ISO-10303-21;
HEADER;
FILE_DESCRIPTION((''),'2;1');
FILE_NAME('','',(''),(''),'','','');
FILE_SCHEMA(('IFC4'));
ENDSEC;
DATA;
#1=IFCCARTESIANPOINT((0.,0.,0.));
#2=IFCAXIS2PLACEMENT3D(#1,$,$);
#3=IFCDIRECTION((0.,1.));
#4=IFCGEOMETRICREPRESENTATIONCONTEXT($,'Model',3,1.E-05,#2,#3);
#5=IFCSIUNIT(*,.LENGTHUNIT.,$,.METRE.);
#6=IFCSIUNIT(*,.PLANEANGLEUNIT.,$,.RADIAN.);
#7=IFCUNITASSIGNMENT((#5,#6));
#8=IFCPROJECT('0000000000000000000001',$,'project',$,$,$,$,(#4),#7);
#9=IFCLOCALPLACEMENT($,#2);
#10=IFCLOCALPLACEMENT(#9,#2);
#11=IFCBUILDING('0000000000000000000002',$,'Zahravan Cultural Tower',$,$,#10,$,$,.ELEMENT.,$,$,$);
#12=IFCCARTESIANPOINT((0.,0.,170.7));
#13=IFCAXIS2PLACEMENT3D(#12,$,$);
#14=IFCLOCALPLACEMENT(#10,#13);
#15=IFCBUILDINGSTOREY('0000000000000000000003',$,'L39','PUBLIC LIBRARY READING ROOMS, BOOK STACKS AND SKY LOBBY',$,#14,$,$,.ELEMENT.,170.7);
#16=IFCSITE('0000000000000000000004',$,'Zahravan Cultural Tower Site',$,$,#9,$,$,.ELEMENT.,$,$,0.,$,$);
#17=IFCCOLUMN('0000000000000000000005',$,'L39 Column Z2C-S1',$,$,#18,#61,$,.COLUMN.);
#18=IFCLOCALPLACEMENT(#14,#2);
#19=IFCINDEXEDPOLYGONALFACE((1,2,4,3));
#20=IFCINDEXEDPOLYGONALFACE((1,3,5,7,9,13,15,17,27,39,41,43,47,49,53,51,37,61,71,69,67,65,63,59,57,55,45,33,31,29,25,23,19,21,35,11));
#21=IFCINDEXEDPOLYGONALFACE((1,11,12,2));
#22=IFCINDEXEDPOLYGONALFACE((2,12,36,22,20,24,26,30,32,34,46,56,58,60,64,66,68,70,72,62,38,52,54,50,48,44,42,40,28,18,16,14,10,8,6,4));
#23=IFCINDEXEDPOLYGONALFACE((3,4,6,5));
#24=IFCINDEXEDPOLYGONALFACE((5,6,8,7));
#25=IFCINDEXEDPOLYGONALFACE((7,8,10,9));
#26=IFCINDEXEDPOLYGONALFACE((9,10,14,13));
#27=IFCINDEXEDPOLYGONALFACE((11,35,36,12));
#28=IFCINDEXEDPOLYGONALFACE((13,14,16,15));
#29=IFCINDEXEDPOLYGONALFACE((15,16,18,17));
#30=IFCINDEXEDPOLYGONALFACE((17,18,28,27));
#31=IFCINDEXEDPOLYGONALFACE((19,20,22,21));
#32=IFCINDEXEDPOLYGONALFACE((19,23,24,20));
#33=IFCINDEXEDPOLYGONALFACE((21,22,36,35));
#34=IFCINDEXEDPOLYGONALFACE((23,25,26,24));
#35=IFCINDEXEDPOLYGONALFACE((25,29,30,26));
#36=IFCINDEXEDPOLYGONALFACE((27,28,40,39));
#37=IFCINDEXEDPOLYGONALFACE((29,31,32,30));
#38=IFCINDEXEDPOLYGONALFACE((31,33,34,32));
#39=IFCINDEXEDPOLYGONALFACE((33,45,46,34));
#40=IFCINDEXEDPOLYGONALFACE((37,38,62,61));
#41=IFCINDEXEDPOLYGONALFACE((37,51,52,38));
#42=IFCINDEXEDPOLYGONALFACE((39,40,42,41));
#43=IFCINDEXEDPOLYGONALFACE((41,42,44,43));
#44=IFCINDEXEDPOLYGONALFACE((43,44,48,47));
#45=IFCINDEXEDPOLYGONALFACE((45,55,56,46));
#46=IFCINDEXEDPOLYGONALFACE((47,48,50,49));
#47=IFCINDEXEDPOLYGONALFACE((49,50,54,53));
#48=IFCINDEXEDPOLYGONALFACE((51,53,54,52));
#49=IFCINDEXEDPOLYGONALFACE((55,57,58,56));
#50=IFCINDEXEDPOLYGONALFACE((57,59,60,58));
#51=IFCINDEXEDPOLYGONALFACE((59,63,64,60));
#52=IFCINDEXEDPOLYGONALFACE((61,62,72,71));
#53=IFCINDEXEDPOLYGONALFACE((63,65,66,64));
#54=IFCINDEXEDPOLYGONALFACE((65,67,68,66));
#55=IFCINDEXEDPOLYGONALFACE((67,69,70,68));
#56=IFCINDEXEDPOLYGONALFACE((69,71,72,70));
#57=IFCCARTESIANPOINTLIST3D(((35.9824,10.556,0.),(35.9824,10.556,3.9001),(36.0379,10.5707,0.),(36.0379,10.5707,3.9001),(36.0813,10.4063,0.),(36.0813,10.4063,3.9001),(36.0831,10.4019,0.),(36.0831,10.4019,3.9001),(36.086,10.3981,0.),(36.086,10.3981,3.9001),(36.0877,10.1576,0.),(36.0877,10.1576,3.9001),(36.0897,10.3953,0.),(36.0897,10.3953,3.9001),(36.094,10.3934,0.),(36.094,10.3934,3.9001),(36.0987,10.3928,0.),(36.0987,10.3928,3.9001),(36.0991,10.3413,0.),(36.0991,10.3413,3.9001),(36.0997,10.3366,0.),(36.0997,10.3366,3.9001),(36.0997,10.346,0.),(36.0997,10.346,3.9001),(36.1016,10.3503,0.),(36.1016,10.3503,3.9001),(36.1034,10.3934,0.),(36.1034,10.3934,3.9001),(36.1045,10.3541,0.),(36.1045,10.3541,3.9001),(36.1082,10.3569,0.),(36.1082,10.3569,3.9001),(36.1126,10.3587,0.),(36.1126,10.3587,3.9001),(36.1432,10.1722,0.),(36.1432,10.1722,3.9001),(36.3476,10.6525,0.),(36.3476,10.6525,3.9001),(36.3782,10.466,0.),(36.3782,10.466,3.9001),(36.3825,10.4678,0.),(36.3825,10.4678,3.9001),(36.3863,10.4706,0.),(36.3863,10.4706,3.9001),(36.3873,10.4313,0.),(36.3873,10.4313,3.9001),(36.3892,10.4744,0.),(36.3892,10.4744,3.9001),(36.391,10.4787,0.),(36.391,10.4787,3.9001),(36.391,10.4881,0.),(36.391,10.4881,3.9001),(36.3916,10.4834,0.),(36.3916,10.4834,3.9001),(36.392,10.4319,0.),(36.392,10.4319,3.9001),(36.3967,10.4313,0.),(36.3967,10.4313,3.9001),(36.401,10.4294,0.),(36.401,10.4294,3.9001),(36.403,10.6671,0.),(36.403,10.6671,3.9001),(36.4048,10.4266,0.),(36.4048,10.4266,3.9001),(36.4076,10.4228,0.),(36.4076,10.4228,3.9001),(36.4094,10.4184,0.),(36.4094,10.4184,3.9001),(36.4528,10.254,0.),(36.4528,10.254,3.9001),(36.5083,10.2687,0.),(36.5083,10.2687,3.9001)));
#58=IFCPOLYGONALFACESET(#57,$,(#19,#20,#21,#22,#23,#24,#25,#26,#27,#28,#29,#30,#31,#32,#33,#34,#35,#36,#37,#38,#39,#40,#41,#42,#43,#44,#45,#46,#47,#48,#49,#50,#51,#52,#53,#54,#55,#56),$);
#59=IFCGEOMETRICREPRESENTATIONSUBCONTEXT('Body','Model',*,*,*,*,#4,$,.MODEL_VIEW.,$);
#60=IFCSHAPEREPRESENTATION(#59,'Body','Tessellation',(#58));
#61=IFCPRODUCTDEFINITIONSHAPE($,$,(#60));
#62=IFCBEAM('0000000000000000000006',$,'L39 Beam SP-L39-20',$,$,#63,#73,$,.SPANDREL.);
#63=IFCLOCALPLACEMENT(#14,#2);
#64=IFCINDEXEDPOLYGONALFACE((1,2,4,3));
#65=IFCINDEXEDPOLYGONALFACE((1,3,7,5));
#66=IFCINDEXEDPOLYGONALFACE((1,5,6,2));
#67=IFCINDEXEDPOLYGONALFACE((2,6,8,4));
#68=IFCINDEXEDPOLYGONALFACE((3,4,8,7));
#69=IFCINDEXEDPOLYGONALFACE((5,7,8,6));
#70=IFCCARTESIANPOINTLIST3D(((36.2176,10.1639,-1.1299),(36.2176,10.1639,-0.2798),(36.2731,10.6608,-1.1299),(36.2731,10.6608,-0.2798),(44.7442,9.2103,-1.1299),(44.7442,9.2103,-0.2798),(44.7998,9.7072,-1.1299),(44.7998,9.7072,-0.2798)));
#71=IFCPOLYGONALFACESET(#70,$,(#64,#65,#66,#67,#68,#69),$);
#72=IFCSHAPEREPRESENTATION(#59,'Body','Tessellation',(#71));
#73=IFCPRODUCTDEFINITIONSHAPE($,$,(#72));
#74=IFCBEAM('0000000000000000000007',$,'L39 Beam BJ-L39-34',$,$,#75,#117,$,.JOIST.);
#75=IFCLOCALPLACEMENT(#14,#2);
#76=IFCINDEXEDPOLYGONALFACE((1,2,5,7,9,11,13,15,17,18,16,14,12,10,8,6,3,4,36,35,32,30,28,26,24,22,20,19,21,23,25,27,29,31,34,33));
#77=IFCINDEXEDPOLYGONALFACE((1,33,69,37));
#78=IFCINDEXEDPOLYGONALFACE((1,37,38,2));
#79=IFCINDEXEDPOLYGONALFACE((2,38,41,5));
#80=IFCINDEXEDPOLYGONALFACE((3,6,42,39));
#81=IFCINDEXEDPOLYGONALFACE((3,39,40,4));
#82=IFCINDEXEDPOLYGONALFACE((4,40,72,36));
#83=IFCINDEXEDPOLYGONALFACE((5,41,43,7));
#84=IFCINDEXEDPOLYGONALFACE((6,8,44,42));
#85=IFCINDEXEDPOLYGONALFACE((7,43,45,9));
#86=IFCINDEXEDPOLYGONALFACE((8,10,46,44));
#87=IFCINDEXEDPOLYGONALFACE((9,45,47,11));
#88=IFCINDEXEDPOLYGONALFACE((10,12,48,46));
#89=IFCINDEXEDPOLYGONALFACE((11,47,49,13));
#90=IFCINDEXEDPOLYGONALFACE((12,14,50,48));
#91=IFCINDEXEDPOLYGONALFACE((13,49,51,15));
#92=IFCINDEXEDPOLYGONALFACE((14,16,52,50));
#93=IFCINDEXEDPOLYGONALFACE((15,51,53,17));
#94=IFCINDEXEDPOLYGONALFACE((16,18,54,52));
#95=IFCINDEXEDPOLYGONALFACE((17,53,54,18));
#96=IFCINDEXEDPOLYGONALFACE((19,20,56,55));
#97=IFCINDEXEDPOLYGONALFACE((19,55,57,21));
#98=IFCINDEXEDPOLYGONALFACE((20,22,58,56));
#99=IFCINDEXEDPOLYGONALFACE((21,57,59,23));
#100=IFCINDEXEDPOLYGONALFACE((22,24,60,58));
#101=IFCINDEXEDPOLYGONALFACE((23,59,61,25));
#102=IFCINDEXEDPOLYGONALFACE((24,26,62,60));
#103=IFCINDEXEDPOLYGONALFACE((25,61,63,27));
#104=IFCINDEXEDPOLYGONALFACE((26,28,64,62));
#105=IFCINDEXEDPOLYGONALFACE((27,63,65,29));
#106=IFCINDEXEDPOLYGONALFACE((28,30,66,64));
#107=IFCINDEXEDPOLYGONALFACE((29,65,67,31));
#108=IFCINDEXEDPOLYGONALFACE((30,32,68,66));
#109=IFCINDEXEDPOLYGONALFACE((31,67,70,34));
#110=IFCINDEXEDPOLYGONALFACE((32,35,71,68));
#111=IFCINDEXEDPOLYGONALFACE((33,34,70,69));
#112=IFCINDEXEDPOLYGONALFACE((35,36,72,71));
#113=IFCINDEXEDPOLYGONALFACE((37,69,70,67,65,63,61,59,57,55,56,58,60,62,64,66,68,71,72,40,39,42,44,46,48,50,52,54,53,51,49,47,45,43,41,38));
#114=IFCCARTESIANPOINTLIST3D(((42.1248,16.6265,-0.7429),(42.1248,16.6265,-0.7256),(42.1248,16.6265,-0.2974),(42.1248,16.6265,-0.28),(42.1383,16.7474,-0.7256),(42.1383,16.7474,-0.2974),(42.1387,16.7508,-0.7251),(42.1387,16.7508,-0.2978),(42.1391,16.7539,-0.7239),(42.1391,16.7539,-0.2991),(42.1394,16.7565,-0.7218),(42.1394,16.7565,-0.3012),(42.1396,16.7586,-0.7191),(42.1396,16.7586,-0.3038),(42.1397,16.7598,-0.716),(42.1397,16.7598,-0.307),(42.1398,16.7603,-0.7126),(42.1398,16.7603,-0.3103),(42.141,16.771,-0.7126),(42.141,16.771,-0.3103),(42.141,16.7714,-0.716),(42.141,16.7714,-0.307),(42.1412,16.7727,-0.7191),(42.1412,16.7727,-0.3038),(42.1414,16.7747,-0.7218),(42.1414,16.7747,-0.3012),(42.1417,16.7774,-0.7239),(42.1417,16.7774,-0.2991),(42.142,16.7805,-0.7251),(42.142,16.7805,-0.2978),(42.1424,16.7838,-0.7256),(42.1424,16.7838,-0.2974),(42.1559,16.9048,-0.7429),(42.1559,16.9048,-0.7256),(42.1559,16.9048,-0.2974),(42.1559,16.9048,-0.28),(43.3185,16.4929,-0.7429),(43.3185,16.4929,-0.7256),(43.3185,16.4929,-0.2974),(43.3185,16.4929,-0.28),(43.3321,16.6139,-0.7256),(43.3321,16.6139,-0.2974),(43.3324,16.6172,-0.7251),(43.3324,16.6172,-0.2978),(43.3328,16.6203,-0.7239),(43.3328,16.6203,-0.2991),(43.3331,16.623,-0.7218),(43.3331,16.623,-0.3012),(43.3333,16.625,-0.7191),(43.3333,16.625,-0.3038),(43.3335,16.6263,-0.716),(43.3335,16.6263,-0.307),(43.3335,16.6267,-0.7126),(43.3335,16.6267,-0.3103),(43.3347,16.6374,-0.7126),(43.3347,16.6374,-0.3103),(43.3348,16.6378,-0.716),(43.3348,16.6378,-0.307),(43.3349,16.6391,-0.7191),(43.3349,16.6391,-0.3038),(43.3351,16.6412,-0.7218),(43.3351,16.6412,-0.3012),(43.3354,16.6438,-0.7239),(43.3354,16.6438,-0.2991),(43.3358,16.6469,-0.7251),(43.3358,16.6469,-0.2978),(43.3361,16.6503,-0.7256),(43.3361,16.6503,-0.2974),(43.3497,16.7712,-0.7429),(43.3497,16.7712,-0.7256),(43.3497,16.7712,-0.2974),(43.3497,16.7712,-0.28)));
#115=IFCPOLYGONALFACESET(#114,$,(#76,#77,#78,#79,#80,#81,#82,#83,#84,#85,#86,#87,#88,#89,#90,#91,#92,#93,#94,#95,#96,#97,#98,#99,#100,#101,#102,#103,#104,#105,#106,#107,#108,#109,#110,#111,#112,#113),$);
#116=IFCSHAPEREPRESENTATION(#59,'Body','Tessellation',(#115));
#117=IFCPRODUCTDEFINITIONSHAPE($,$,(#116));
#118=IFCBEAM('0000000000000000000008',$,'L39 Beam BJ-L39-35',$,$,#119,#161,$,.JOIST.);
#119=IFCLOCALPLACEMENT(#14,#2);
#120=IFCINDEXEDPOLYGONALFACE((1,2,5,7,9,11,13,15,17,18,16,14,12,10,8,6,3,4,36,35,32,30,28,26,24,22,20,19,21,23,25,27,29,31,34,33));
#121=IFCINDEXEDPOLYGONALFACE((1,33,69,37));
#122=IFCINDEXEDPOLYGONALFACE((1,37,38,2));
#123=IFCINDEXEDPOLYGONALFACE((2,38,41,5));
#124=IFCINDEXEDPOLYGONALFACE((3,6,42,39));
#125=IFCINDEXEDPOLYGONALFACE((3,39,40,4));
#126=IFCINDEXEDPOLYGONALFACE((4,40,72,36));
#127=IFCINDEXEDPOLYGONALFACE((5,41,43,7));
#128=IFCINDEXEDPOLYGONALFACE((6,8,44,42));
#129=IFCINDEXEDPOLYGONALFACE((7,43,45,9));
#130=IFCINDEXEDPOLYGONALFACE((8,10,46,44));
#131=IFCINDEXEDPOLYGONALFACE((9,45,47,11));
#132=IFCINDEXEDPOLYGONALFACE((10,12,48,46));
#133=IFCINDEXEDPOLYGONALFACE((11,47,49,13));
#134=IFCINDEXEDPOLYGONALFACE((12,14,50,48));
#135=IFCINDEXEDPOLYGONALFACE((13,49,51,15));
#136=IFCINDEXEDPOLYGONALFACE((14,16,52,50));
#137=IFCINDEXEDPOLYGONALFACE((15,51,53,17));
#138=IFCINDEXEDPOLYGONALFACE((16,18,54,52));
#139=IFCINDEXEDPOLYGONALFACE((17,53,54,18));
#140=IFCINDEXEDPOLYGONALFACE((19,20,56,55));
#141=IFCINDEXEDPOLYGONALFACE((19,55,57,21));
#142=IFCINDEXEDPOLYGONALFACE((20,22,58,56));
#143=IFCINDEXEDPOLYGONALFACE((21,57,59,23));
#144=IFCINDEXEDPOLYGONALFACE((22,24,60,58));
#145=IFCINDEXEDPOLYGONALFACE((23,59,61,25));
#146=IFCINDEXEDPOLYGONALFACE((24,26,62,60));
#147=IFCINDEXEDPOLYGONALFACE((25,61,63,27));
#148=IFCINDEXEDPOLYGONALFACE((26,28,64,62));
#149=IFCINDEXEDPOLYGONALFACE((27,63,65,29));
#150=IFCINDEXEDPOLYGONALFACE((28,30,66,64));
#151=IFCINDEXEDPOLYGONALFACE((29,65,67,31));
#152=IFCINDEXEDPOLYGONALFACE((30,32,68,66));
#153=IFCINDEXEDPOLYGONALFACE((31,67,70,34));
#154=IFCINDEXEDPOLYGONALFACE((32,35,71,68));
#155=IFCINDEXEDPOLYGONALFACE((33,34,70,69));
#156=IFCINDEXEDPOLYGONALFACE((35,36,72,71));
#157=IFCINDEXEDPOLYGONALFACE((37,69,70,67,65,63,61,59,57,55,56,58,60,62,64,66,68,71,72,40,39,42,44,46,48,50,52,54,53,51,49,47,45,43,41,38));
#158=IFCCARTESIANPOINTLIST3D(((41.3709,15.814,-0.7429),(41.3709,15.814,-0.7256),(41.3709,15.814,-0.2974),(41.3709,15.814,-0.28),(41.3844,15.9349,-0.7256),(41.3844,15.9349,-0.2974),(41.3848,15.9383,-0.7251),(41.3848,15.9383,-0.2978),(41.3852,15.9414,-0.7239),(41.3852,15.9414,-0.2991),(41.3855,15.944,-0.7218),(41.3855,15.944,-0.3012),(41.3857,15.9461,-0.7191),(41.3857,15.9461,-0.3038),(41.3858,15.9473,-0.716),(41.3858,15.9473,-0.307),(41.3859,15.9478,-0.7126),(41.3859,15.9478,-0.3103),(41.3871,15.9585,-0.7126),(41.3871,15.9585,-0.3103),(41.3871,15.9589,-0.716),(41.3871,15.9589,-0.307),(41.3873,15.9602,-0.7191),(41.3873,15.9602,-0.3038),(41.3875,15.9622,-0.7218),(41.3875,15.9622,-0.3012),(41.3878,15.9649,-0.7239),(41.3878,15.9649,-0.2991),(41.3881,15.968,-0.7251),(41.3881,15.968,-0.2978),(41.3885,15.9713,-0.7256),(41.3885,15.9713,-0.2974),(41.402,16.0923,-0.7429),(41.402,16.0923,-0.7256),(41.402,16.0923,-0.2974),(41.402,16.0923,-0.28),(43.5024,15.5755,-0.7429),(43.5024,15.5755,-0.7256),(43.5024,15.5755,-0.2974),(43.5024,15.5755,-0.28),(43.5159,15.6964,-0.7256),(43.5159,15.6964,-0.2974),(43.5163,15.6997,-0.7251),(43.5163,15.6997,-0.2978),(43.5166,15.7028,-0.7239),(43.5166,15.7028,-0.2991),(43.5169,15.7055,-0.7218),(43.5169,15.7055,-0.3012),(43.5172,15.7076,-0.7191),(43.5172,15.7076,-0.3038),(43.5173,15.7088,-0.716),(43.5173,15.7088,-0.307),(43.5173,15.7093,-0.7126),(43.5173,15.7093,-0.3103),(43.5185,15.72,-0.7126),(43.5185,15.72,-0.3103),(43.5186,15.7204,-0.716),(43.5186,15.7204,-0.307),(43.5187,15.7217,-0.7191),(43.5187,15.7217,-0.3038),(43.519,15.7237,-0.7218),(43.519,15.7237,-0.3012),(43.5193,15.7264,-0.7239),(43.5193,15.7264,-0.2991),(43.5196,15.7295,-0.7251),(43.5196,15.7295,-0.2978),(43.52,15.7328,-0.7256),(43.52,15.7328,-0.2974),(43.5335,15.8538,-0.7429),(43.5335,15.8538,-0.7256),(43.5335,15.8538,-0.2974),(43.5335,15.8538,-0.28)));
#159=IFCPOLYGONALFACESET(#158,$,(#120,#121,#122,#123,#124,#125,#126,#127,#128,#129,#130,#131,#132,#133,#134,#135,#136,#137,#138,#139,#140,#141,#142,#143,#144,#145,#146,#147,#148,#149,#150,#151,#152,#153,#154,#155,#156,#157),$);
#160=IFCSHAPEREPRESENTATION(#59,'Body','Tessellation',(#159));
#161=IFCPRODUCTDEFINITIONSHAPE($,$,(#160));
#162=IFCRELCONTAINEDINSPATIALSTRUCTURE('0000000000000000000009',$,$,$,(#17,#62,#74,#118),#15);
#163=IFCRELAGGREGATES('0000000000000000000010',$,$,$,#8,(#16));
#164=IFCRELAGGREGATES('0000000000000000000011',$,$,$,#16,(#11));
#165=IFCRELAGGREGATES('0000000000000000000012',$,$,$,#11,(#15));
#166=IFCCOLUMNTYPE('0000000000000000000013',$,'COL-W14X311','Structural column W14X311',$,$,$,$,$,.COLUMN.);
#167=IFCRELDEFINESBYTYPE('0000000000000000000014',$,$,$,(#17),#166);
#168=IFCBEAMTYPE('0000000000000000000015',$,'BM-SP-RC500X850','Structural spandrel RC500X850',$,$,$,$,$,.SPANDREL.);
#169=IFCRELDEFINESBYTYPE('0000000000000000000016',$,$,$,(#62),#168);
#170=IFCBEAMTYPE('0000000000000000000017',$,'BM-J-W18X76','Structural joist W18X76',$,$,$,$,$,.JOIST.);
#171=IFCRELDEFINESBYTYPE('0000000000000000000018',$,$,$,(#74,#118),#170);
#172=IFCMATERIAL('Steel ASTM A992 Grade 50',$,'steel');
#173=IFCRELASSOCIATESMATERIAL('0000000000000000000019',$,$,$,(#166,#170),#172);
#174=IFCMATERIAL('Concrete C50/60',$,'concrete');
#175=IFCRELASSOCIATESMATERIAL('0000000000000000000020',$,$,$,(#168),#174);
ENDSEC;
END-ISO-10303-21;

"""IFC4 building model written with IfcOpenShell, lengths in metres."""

from ifc_helpers import new_model, si_unit, direction, frame, origin, origin_2d, place, context, subcontext, project, spatial, rectangle, i_section, extrude, source, transform, mapped, material, material_profile, profile_set, type_object, element, save


model = new_model("IFC4")

# Units and contexts
model_context = context("Model", 3, precision=1e-05, world=origin(), true_north=direction((0.0, 1.0)))
body_context = subcontext(model_context, "Body", "Model", "MODEL_VIEW")
ifc_project = project(units=[si_unit("LENGTHUNIT", "METRE"), si_unit("PLANEANGLEUNIT", "RADIAN")], contexts=[model_context])

# Site, building, storey
site_placement = place(None, origin())
site = spatial("IfcSite", under=ifc_project, at=site_placement, Name="Zahravan Cultural Tower Site", CompositionType="ELEMENT", RefElevation=0.0)
building_placement = place(site_placement, origin())
building = spatial("IfcBuilding", under=site, at=building_placement, Name="Zahravan Cultural Tower", CompositionType="ELEMENT")
storey_placement = place(building_placement, frame((0.0, 0.0, 170.7)))
storey = spatial("IfcBuildingStorey", under=building, at=storey_placement, Name="L39", Description="PUBLIC LIBRARY READING ROOMS, BOOK STACKS AND SKY LOBBY", CompositionType="ELEMENT", Elevation=170.7)

# Column
ifc_material_1 = material(Name="Steel ASTM A992 Grade 50", Category="steel")
ifc_material_profile_1 = material_profile(ifc_material_1, i_section(OverallWidth=0.4121, OverallDepth=0.4351, WebThickness=0.0359, FlangeThickness=0.0574, FilletRadius=0.0181, at=origin_2d()), Name="W14X311")
ifc_profile_set_1 = profile_set([ifc_material_profile_1], Name="Steel ASTM A992 Grade 50")
column_type = type_object("IfcColumnType", Name="COL-W14X311", Description="Structural column W14X311", PredefinedType="COLUMN", material=ifc_profile_set_1)
shared_shape_1 = source(origin(), body_context, "Body", "SweptSolid", [
    extrude(i_section(OverallWidth=0.4121, OverallDepth=0.4351, WebThickness=0.0359, FlangeThickness=0.0574, FilletRadius=0.0181, at=origin_2d()), origin(), (0.0, 0.0, 1.0), 3.9001),
])
column_placement = place(storey_placement, frame((36.2454, 10.4124, 0.0), z_axis=(0.0, 0.0, 1.0), x_axis=(-0.255446, 0.966823, 0.0)))
element("IfcColumn", 1, at=column_placement, inside=storey, type_object=column_type, Name="L39 Column Z2C-S1", PredefinedType="COLUMN", context=body_context, shape_type="MappedRepresentation", body=[
    mapped(shared_shape_1, transform((0.0, 0.0, 0.0), x_axis=(1.0, 0.0, 0.0), y_axis=(0.0, 1.0, 0.0), z_axis=(0.0, 0.0, 1.0), scale=1.0)),
])

# Beams
ifc_material_2 = material(Name="Concrete C50/60", Category="concrete")
ifc_material_profile_2 = material_profile(ifc_material_2, rectangle(XDim=0.5, YDim=0.8501, at=origin_2d()), Name="RC500X850")
ifc_profile_set_2 = profile_set([ifc_material_profile_2], Name="Concrete C50/60")
beam_type_1 = type_object("IfcBeamType", Name="BM-SP-RC500X850", Description="Structural spandrel RC500X850", PredefinedType="SPANDREL", material=ifc_profile_set_2)
shared_shape_2 = source(origin(), body_context, "Body", "SweptSolid", [
    extrude(rectangle(XDim=0.5, YDim=0.8501, at=origin_2d()), origin(), (0.0, 0.0, 1.0), 8.5798),
])
beam_1_placement = place(storey_placement, frame((36.2454, 10.4124, -0.7048), z_axis=(0.993804, -0.111147, 0.0), x_axis=(0.111147, 0.993804, 0.0)))
element("IfcBeam", 2, at=beam_1_placement, inside=storey, type_object=beam_type_1, Name="L39 Beam SP-L39-20", PredefinedType="SPANDREL", context=body_context, shape_type="MappedRepresentation", body=[
    mapped(shared_shape_2, transform((0.0, 0.0, 0.0), x_axis=(1.0, 0.0, 0.0), y_axis=(0.0, 1.0, 0.0), z_axis=(0.0, 0.0, 1.0), scale=1.0)),
])
ifc_material_profile_3 = material_profile(ifc_material_1, i_section(OverallWidth=0.28, OverallDepth=0.4629, WebThickness=0.0107, FlangeThickness=0.0173, FilletRadius=0.0129, at=origin_2d()), Name="W18X76")
ifc_profile_set_3 = profile_set([ifc_material_profile_3], Name="Steel ASTM A992 Grade 50")
beam_type_2 = type_object("IfcBeamType", Name="BM-J-W18X76", Description="Structural joist W18X76", PredefinedType="JOIST", material=ifc_profile_set_3)
shared_shape_3 = source(origin(), body_context, "Body", "SweptSolid", [
    extrude(i_section(OverallWidth=0.28, OverallDepth=0.4629, WebThickness=0.0107, FlangeThickness=0.0173, FilletRadius=0.0129, at=origin_2d()), origin(), (0.0, 0.0, 1.0), 1.2012),
])
beam_2_placement = place(storey_placement, frame((42.1404, 16.7656, -0.5115), z_axis=(0.993799, -0.11119, 0.0), x_axis=(0.11119, 0.993799, 0.0)))
element("IfcBeam", 3, at=beam_2_placement, inside=storey, type_object=beam_type_2, Name="L39 Beam BJ-L39-34", PredefinedType="JOIST", context=body_context, shape_type="MappedRepresentation", body=[
    mapped(shared_shape_3, transform((0.0, 0.0, 0.0), x_axis=(1.0, 0.0, 0.0), y_axis=(0.0, 1.0, 0.0), z_axis=(0.0, 0.0, 1.0), scale=1.0)),
])
shared_shape_4 = source(origin(), body_context, "Body", "SweptSolid", [
    extrude(i_section(OverallWidth=0.28, OverallDepth=0.4629, WebThickness=0.0107, FlangeThickness=0.0173, FilletRadius=0.0129, at=origin_2d()), origin(), (0.0, 0.0, 1.0), 2.1448),
])
beam_3_placement = place(storey_placement, frame((41.3865, 15.9531, -0.5115), z_axis=(0.993797, -0.111206, 0.0), x_axis=(0.111206, 0.993797, 0.0)))
element("IfcBeam", 4, at=beam_3_placement, inside=storey, type_object=beam_type_2, Name="L39 Beam BJ-L39-35", PredefinedType="JOIST", context=body_context, shape_type="MappedRepresentation", body=[
    mapped(shared_shape_4, transform((0.0, 0.0, 0.0), x_axis=(1.0, 0.0, 0.0), y_axis=(0.0, 1.0, 0.0), z_axis=(0.0, 0.0, 1.0), scale=1.0)),
])

save(model, "model.ifc")
